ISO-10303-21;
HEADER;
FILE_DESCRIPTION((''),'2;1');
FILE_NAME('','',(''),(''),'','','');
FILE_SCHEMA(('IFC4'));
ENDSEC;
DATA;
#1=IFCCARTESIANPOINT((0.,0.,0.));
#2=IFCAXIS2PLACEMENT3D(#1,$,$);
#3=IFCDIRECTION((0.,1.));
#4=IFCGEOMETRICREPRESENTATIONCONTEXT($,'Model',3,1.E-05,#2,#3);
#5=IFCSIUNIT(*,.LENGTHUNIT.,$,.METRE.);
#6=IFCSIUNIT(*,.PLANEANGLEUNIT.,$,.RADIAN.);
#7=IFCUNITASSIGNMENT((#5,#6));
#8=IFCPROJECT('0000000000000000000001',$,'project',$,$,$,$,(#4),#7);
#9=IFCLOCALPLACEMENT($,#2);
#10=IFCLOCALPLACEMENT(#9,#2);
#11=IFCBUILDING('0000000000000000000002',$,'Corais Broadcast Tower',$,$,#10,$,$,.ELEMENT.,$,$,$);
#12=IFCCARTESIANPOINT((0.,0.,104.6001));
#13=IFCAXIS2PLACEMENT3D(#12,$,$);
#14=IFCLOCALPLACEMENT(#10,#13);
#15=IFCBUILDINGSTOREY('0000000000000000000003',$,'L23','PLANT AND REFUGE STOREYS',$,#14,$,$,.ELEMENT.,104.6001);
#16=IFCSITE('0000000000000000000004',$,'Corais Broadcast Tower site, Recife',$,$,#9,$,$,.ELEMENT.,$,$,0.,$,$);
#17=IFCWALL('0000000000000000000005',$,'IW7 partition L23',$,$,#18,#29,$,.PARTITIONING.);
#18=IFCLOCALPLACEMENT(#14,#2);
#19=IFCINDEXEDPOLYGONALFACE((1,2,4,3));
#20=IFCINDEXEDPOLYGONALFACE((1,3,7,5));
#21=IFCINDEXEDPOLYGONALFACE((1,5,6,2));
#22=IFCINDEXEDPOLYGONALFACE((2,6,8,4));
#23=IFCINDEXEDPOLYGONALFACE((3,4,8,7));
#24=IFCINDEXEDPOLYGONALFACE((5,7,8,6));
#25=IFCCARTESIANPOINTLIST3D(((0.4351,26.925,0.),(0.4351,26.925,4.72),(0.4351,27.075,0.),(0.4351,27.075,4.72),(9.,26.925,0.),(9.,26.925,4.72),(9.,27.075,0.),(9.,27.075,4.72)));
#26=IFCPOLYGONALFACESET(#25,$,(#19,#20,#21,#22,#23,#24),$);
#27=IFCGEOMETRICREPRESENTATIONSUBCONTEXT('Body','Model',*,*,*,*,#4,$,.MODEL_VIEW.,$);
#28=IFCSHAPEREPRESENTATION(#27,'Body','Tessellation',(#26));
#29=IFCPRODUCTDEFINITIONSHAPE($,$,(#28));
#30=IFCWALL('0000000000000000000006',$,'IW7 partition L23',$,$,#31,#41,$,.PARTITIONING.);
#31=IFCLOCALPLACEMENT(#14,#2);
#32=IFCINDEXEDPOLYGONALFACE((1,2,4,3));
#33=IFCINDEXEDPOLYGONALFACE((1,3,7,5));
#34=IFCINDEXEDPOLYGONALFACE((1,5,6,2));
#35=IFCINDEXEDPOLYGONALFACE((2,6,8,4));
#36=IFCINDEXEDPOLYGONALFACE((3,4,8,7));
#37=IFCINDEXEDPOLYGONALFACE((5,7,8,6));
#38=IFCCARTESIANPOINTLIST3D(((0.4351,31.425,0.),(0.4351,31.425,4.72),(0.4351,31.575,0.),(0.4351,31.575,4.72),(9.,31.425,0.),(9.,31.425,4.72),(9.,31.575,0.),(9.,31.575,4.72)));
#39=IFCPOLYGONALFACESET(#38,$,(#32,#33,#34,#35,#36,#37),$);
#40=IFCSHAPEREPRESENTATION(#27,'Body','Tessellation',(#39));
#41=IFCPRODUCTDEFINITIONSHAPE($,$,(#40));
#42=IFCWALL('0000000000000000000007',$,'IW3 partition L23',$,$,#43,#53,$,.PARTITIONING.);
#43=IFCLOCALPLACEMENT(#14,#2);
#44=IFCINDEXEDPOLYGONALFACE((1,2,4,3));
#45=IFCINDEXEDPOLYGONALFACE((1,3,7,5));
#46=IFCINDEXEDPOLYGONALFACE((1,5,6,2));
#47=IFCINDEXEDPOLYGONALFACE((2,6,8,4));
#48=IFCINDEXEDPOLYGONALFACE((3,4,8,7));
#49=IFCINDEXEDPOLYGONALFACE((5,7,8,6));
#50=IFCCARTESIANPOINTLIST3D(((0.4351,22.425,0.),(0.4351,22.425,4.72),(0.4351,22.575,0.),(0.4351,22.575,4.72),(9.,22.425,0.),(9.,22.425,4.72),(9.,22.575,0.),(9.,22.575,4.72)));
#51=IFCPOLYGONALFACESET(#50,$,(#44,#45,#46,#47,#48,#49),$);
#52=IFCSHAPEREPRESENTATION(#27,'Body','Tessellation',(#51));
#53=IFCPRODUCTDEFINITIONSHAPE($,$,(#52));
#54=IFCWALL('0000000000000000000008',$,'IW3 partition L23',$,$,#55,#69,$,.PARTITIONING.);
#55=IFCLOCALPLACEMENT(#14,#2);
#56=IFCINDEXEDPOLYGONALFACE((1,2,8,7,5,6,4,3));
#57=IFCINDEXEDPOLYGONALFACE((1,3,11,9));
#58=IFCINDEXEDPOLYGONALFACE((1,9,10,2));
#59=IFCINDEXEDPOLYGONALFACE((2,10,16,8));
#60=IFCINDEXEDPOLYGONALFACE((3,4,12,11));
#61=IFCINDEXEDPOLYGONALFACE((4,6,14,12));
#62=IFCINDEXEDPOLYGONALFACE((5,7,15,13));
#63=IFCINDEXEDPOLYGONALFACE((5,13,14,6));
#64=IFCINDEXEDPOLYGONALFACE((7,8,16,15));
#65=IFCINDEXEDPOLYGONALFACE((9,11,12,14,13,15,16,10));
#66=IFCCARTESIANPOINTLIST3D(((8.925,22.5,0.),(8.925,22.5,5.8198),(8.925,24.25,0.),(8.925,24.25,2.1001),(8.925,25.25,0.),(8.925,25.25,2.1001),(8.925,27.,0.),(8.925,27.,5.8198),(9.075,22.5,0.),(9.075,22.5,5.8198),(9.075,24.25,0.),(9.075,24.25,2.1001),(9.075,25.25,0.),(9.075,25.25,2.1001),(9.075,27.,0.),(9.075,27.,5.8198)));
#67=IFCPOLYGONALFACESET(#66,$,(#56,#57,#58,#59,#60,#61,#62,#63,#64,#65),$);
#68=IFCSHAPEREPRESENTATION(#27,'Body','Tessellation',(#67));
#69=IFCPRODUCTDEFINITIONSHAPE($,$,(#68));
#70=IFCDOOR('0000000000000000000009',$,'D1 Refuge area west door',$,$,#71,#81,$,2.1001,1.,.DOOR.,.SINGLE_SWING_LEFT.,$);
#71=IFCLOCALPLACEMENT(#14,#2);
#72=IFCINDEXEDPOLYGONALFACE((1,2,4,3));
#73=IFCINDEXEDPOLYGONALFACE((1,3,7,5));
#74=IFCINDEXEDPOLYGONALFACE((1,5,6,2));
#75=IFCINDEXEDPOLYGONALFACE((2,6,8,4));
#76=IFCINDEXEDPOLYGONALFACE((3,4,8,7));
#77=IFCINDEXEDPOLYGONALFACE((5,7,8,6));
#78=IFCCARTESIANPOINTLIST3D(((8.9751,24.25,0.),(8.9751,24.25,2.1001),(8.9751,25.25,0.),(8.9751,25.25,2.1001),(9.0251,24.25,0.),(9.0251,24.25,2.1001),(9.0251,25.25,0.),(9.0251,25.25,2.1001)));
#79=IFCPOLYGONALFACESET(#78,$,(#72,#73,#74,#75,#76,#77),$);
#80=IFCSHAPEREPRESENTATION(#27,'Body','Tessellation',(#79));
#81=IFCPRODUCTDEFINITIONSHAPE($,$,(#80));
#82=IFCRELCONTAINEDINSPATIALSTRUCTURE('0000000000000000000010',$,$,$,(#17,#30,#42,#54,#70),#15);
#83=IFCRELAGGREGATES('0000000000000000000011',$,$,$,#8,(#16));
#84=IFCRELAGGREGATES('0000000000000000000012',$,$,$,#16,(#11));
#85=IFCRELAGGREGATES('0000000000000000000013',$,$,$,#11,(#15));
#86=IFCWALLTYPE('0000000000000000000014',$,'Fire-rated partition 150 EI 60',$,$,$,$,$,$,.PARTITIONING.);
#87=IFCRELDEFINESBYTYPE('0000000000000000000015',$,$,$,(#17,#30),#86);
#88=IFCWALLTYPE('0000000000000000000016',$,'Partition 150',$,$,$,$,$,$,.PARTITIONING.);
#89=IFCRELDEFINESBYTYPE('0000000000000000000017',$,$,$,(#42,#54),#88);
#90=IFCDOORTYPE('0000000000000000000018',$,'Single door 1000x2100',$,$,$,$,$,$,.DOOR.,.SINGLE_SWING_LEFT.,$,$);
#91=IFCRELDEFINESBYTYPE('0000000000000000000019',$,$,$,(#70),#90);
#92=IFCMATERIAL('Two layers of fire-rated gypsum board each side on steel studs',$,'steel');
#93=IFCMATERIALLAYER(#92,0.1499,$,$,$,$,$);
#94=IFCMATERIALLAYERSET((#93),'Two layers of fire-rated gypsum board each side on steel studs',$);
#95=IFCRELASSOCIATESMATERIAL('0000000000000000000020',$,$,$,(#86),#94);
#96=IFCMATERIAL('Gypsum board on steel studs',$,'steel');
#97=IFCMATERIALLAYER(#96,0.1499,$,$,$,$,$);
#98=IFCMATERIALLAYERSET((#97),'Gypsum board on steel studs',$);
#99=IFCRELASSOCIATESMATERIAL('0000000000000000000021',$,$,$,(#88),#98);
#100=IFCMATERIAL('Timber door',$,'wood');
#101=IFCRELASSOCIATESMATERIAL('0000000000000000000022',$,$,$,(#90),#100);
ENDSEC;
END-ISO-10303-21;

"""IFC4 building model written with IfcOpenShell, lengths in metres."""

from ifc_helpers import new_model, si_unit, direction, frame, frame_2d, origin, place, context, subcontext, project, spatial, rectangle, extrude, material, layer, layer_set, type_object, element, fill, save


model = new_model("IFC4")

# Units and contexts
model_context = context("Model", 3, precision=1e-05, world=origin(), true_north=direction((0.0, 1.0)))
body_context = subcontext(model_context, "Body", "Model", "MODEL_VIEW")
ifc_project = project(units=[si_unit("LENGTHUNIT", "METRE"), si_unit("PLANEANGLEUNIT", "RADIAN")], contexts=[model_context])

# Site, building, storey
site_placement = place(None, origin())
site = spatial("IfcSite", under=ifc_project, at=site_placement, Name="Corais Broadcast Tower site, Recife", CompositionType="ELEMENT", RefElevation=0.0)
building_placement = place(site_placement, origin())
building = spatial("IfcBuilding", under=site, at=building_placement, Name="Corais Broadcast Tower", CompositionType="ELEMENT")
storey_placement = place(building_placement, frame((0.0, 0.0, 104.6001)))
storey = spatial("IfcBuildingStorey", under=building, at=storey_placement, Name="L23", Description="PLANT AND REFUGE STOREYS", CompositionType="ELEMENT", Elevation=104.6001)

# Wall
ifc_material_1 = material(Name="Two layers of fire-rated gypsum board each side on steel studs", Category="steel")
ifc_layer_1 = layer(ifc_material_1, 0.1499)
ifc_layer_set_1 = layer_set([ifc_layer_1], Name="Two layers of fire-rated gypsum board each side on steel studs")
wall_type_1 = type_object("IfcWallType", Name="Fire-rated partition 150 EI 60", PredefinedType="PARTITIONING", material=ifc_layer_set_1)
wall_1_placement = place(storey_placement, frame((0.4351, 27.0, 0.0), z_axis=(0.0, 0.0, 1.0), x_axis=(1.0, 0.0, 0.0)))
element("IfcWall", 1, at=wall_1_placement, inside=storey, type_object=wall_type_1, Name="IW7 partition L23", PredefinedType="PARTITIONING", context=body_context, shape_type="SweptSolid", body=[
    extrude(rectangle(XDim=8.5649, YDim=0.1499, at=frame_2d((4.2825, 0.0))), origin(), (0.0, 0.0, 1.0), 4.72),
])

# Walls
wall_2_placement = place(storey_placement, frame((9.0, 31.5, 0.0), z_axis=(0.0, 0.0, 1.0), x_axis=(-1.0, 0.0, 0.0)))
element("IfcWall", 2, at=wall_2_placement, inside=storey, type_object=wall_type_1, Name="IW7 partition L23", PredefinedType="PARTITIONING", context=body_context, shape_type="SweptSolid", body=[
    extrude(rectangle(XDim=8.5649, YDim=0.1499, at=frame_2d((4.2825, 0.0))), origin(), (0.0, 0.0, 1.0), 4.72),
])
ifc_material_2 = material(Name="Gypsum board on steel studs", Category="steel")
ifc_layer_2 = layer(ifc_material_2, 0.1499)
ifc_layer_set_2 = layer_set([ifc_layer_2], Name="Gypsum board on steel studs")
wall_type_2 = type_object("IfcWallType", Name="Partition 150", PredefinedType="PARTITIONING", material=ifc_layer_set_2)
wall_3_placement = place(storey_placement, frame((0.4351, 22.5, 0.0), z_axis=(0.0, 0.0, 1.0), x_axis=(1.0, 0.0, 0.0)))
element("IfcWall", 3, at=wall_3_placement, inside=storey, type_object=wall_type_2, Name="IW3 partition L23", PredefinedType="PARTITIONING", context=body_context, shape_type="SweptSolid", body=[
    extrude(rectangle(XDim=8.5649, YDim=0.1499, at=frame_2d((4.2825, 0.0))), origin(), (0.0, 0.0, 1.0), 4.72),
])

# Wall, opening, door
wall_4_placement = place(storey_placement, frame((9.0, 22.5, 0.0), z_axis=(0.0, 0.0, 1.0), x_axis=(0.0, 1.0, 0.0)))
wall_4 = element("IfcWall", 4, at=wall_4_placement, inside=storey, type_object=wall_type_2, Name="IW3 partition L23", PredefinedType="PARTITIONING", context=body_context, shape_type="SweptSolid", body=[
    extrude(rectangle(XDim=4.5, YDim=0.1499, at=frame_2d((2.25, 0.0))), origin(), (0.0, 0.0, 1.0), 5.8198),
])
opening_1_placement = place(wall_4_placement, frame((1.75, 0.0, 0.0)))
opening_1 = element("IfcOpeningElement", 5, at=opening_1_placement, cuts=wall_4, PredefinedType="OPENING", context=body_context, shape_type="SweptSolid", body=[
    extrude(rectangle(XDim=1.0, YDim=2.1001, at=frame_2d((0.5, 1.05))), frame((0.0, 0.085, 0.0), z_axis=(0.0, -1.0, 0.0), x_axis=(1.0, 0.0, 0.0)), (0.0, 0.0, 1.0), 0.1699),
])
ifc_material_3 = material(Name="Timber door", Category="wood")
door_type_1 = type_object("IfcDoorType", Name="Single door 1000x2100", OperationType="SINGLE_SWING_LEFT", PredefinedType="DOOR", material=ifc_material_3)
door_1_placement = place(opening_1_placement, origin())
door_1 = element("IfcDoor", 6, at=door_1_placement, inside=storey, type_object=door_type_1, Name="D1 Refuge area west door", OperationType="SINGLE_SWING_LEFT", OverallHeight=2.1001, OverallWidth=1.0, PredefinedType="DOOR", context=body_context, shape_type="SweptSolid", body=[
    extrude(rectangle(XDim=1.0, YDim=2.1001, at=frame_2d((0.5, 1.05))), frame((0.0, 0.0249, 0.0), z_axis=(0.0, -1.0, 0.0), x_axis=(1.0, 0.0, 0.0)), (0.0, 0.0, 1.0), 0.05),
])
fill(opening_1, door_1)

save(model, "model.ifc")
